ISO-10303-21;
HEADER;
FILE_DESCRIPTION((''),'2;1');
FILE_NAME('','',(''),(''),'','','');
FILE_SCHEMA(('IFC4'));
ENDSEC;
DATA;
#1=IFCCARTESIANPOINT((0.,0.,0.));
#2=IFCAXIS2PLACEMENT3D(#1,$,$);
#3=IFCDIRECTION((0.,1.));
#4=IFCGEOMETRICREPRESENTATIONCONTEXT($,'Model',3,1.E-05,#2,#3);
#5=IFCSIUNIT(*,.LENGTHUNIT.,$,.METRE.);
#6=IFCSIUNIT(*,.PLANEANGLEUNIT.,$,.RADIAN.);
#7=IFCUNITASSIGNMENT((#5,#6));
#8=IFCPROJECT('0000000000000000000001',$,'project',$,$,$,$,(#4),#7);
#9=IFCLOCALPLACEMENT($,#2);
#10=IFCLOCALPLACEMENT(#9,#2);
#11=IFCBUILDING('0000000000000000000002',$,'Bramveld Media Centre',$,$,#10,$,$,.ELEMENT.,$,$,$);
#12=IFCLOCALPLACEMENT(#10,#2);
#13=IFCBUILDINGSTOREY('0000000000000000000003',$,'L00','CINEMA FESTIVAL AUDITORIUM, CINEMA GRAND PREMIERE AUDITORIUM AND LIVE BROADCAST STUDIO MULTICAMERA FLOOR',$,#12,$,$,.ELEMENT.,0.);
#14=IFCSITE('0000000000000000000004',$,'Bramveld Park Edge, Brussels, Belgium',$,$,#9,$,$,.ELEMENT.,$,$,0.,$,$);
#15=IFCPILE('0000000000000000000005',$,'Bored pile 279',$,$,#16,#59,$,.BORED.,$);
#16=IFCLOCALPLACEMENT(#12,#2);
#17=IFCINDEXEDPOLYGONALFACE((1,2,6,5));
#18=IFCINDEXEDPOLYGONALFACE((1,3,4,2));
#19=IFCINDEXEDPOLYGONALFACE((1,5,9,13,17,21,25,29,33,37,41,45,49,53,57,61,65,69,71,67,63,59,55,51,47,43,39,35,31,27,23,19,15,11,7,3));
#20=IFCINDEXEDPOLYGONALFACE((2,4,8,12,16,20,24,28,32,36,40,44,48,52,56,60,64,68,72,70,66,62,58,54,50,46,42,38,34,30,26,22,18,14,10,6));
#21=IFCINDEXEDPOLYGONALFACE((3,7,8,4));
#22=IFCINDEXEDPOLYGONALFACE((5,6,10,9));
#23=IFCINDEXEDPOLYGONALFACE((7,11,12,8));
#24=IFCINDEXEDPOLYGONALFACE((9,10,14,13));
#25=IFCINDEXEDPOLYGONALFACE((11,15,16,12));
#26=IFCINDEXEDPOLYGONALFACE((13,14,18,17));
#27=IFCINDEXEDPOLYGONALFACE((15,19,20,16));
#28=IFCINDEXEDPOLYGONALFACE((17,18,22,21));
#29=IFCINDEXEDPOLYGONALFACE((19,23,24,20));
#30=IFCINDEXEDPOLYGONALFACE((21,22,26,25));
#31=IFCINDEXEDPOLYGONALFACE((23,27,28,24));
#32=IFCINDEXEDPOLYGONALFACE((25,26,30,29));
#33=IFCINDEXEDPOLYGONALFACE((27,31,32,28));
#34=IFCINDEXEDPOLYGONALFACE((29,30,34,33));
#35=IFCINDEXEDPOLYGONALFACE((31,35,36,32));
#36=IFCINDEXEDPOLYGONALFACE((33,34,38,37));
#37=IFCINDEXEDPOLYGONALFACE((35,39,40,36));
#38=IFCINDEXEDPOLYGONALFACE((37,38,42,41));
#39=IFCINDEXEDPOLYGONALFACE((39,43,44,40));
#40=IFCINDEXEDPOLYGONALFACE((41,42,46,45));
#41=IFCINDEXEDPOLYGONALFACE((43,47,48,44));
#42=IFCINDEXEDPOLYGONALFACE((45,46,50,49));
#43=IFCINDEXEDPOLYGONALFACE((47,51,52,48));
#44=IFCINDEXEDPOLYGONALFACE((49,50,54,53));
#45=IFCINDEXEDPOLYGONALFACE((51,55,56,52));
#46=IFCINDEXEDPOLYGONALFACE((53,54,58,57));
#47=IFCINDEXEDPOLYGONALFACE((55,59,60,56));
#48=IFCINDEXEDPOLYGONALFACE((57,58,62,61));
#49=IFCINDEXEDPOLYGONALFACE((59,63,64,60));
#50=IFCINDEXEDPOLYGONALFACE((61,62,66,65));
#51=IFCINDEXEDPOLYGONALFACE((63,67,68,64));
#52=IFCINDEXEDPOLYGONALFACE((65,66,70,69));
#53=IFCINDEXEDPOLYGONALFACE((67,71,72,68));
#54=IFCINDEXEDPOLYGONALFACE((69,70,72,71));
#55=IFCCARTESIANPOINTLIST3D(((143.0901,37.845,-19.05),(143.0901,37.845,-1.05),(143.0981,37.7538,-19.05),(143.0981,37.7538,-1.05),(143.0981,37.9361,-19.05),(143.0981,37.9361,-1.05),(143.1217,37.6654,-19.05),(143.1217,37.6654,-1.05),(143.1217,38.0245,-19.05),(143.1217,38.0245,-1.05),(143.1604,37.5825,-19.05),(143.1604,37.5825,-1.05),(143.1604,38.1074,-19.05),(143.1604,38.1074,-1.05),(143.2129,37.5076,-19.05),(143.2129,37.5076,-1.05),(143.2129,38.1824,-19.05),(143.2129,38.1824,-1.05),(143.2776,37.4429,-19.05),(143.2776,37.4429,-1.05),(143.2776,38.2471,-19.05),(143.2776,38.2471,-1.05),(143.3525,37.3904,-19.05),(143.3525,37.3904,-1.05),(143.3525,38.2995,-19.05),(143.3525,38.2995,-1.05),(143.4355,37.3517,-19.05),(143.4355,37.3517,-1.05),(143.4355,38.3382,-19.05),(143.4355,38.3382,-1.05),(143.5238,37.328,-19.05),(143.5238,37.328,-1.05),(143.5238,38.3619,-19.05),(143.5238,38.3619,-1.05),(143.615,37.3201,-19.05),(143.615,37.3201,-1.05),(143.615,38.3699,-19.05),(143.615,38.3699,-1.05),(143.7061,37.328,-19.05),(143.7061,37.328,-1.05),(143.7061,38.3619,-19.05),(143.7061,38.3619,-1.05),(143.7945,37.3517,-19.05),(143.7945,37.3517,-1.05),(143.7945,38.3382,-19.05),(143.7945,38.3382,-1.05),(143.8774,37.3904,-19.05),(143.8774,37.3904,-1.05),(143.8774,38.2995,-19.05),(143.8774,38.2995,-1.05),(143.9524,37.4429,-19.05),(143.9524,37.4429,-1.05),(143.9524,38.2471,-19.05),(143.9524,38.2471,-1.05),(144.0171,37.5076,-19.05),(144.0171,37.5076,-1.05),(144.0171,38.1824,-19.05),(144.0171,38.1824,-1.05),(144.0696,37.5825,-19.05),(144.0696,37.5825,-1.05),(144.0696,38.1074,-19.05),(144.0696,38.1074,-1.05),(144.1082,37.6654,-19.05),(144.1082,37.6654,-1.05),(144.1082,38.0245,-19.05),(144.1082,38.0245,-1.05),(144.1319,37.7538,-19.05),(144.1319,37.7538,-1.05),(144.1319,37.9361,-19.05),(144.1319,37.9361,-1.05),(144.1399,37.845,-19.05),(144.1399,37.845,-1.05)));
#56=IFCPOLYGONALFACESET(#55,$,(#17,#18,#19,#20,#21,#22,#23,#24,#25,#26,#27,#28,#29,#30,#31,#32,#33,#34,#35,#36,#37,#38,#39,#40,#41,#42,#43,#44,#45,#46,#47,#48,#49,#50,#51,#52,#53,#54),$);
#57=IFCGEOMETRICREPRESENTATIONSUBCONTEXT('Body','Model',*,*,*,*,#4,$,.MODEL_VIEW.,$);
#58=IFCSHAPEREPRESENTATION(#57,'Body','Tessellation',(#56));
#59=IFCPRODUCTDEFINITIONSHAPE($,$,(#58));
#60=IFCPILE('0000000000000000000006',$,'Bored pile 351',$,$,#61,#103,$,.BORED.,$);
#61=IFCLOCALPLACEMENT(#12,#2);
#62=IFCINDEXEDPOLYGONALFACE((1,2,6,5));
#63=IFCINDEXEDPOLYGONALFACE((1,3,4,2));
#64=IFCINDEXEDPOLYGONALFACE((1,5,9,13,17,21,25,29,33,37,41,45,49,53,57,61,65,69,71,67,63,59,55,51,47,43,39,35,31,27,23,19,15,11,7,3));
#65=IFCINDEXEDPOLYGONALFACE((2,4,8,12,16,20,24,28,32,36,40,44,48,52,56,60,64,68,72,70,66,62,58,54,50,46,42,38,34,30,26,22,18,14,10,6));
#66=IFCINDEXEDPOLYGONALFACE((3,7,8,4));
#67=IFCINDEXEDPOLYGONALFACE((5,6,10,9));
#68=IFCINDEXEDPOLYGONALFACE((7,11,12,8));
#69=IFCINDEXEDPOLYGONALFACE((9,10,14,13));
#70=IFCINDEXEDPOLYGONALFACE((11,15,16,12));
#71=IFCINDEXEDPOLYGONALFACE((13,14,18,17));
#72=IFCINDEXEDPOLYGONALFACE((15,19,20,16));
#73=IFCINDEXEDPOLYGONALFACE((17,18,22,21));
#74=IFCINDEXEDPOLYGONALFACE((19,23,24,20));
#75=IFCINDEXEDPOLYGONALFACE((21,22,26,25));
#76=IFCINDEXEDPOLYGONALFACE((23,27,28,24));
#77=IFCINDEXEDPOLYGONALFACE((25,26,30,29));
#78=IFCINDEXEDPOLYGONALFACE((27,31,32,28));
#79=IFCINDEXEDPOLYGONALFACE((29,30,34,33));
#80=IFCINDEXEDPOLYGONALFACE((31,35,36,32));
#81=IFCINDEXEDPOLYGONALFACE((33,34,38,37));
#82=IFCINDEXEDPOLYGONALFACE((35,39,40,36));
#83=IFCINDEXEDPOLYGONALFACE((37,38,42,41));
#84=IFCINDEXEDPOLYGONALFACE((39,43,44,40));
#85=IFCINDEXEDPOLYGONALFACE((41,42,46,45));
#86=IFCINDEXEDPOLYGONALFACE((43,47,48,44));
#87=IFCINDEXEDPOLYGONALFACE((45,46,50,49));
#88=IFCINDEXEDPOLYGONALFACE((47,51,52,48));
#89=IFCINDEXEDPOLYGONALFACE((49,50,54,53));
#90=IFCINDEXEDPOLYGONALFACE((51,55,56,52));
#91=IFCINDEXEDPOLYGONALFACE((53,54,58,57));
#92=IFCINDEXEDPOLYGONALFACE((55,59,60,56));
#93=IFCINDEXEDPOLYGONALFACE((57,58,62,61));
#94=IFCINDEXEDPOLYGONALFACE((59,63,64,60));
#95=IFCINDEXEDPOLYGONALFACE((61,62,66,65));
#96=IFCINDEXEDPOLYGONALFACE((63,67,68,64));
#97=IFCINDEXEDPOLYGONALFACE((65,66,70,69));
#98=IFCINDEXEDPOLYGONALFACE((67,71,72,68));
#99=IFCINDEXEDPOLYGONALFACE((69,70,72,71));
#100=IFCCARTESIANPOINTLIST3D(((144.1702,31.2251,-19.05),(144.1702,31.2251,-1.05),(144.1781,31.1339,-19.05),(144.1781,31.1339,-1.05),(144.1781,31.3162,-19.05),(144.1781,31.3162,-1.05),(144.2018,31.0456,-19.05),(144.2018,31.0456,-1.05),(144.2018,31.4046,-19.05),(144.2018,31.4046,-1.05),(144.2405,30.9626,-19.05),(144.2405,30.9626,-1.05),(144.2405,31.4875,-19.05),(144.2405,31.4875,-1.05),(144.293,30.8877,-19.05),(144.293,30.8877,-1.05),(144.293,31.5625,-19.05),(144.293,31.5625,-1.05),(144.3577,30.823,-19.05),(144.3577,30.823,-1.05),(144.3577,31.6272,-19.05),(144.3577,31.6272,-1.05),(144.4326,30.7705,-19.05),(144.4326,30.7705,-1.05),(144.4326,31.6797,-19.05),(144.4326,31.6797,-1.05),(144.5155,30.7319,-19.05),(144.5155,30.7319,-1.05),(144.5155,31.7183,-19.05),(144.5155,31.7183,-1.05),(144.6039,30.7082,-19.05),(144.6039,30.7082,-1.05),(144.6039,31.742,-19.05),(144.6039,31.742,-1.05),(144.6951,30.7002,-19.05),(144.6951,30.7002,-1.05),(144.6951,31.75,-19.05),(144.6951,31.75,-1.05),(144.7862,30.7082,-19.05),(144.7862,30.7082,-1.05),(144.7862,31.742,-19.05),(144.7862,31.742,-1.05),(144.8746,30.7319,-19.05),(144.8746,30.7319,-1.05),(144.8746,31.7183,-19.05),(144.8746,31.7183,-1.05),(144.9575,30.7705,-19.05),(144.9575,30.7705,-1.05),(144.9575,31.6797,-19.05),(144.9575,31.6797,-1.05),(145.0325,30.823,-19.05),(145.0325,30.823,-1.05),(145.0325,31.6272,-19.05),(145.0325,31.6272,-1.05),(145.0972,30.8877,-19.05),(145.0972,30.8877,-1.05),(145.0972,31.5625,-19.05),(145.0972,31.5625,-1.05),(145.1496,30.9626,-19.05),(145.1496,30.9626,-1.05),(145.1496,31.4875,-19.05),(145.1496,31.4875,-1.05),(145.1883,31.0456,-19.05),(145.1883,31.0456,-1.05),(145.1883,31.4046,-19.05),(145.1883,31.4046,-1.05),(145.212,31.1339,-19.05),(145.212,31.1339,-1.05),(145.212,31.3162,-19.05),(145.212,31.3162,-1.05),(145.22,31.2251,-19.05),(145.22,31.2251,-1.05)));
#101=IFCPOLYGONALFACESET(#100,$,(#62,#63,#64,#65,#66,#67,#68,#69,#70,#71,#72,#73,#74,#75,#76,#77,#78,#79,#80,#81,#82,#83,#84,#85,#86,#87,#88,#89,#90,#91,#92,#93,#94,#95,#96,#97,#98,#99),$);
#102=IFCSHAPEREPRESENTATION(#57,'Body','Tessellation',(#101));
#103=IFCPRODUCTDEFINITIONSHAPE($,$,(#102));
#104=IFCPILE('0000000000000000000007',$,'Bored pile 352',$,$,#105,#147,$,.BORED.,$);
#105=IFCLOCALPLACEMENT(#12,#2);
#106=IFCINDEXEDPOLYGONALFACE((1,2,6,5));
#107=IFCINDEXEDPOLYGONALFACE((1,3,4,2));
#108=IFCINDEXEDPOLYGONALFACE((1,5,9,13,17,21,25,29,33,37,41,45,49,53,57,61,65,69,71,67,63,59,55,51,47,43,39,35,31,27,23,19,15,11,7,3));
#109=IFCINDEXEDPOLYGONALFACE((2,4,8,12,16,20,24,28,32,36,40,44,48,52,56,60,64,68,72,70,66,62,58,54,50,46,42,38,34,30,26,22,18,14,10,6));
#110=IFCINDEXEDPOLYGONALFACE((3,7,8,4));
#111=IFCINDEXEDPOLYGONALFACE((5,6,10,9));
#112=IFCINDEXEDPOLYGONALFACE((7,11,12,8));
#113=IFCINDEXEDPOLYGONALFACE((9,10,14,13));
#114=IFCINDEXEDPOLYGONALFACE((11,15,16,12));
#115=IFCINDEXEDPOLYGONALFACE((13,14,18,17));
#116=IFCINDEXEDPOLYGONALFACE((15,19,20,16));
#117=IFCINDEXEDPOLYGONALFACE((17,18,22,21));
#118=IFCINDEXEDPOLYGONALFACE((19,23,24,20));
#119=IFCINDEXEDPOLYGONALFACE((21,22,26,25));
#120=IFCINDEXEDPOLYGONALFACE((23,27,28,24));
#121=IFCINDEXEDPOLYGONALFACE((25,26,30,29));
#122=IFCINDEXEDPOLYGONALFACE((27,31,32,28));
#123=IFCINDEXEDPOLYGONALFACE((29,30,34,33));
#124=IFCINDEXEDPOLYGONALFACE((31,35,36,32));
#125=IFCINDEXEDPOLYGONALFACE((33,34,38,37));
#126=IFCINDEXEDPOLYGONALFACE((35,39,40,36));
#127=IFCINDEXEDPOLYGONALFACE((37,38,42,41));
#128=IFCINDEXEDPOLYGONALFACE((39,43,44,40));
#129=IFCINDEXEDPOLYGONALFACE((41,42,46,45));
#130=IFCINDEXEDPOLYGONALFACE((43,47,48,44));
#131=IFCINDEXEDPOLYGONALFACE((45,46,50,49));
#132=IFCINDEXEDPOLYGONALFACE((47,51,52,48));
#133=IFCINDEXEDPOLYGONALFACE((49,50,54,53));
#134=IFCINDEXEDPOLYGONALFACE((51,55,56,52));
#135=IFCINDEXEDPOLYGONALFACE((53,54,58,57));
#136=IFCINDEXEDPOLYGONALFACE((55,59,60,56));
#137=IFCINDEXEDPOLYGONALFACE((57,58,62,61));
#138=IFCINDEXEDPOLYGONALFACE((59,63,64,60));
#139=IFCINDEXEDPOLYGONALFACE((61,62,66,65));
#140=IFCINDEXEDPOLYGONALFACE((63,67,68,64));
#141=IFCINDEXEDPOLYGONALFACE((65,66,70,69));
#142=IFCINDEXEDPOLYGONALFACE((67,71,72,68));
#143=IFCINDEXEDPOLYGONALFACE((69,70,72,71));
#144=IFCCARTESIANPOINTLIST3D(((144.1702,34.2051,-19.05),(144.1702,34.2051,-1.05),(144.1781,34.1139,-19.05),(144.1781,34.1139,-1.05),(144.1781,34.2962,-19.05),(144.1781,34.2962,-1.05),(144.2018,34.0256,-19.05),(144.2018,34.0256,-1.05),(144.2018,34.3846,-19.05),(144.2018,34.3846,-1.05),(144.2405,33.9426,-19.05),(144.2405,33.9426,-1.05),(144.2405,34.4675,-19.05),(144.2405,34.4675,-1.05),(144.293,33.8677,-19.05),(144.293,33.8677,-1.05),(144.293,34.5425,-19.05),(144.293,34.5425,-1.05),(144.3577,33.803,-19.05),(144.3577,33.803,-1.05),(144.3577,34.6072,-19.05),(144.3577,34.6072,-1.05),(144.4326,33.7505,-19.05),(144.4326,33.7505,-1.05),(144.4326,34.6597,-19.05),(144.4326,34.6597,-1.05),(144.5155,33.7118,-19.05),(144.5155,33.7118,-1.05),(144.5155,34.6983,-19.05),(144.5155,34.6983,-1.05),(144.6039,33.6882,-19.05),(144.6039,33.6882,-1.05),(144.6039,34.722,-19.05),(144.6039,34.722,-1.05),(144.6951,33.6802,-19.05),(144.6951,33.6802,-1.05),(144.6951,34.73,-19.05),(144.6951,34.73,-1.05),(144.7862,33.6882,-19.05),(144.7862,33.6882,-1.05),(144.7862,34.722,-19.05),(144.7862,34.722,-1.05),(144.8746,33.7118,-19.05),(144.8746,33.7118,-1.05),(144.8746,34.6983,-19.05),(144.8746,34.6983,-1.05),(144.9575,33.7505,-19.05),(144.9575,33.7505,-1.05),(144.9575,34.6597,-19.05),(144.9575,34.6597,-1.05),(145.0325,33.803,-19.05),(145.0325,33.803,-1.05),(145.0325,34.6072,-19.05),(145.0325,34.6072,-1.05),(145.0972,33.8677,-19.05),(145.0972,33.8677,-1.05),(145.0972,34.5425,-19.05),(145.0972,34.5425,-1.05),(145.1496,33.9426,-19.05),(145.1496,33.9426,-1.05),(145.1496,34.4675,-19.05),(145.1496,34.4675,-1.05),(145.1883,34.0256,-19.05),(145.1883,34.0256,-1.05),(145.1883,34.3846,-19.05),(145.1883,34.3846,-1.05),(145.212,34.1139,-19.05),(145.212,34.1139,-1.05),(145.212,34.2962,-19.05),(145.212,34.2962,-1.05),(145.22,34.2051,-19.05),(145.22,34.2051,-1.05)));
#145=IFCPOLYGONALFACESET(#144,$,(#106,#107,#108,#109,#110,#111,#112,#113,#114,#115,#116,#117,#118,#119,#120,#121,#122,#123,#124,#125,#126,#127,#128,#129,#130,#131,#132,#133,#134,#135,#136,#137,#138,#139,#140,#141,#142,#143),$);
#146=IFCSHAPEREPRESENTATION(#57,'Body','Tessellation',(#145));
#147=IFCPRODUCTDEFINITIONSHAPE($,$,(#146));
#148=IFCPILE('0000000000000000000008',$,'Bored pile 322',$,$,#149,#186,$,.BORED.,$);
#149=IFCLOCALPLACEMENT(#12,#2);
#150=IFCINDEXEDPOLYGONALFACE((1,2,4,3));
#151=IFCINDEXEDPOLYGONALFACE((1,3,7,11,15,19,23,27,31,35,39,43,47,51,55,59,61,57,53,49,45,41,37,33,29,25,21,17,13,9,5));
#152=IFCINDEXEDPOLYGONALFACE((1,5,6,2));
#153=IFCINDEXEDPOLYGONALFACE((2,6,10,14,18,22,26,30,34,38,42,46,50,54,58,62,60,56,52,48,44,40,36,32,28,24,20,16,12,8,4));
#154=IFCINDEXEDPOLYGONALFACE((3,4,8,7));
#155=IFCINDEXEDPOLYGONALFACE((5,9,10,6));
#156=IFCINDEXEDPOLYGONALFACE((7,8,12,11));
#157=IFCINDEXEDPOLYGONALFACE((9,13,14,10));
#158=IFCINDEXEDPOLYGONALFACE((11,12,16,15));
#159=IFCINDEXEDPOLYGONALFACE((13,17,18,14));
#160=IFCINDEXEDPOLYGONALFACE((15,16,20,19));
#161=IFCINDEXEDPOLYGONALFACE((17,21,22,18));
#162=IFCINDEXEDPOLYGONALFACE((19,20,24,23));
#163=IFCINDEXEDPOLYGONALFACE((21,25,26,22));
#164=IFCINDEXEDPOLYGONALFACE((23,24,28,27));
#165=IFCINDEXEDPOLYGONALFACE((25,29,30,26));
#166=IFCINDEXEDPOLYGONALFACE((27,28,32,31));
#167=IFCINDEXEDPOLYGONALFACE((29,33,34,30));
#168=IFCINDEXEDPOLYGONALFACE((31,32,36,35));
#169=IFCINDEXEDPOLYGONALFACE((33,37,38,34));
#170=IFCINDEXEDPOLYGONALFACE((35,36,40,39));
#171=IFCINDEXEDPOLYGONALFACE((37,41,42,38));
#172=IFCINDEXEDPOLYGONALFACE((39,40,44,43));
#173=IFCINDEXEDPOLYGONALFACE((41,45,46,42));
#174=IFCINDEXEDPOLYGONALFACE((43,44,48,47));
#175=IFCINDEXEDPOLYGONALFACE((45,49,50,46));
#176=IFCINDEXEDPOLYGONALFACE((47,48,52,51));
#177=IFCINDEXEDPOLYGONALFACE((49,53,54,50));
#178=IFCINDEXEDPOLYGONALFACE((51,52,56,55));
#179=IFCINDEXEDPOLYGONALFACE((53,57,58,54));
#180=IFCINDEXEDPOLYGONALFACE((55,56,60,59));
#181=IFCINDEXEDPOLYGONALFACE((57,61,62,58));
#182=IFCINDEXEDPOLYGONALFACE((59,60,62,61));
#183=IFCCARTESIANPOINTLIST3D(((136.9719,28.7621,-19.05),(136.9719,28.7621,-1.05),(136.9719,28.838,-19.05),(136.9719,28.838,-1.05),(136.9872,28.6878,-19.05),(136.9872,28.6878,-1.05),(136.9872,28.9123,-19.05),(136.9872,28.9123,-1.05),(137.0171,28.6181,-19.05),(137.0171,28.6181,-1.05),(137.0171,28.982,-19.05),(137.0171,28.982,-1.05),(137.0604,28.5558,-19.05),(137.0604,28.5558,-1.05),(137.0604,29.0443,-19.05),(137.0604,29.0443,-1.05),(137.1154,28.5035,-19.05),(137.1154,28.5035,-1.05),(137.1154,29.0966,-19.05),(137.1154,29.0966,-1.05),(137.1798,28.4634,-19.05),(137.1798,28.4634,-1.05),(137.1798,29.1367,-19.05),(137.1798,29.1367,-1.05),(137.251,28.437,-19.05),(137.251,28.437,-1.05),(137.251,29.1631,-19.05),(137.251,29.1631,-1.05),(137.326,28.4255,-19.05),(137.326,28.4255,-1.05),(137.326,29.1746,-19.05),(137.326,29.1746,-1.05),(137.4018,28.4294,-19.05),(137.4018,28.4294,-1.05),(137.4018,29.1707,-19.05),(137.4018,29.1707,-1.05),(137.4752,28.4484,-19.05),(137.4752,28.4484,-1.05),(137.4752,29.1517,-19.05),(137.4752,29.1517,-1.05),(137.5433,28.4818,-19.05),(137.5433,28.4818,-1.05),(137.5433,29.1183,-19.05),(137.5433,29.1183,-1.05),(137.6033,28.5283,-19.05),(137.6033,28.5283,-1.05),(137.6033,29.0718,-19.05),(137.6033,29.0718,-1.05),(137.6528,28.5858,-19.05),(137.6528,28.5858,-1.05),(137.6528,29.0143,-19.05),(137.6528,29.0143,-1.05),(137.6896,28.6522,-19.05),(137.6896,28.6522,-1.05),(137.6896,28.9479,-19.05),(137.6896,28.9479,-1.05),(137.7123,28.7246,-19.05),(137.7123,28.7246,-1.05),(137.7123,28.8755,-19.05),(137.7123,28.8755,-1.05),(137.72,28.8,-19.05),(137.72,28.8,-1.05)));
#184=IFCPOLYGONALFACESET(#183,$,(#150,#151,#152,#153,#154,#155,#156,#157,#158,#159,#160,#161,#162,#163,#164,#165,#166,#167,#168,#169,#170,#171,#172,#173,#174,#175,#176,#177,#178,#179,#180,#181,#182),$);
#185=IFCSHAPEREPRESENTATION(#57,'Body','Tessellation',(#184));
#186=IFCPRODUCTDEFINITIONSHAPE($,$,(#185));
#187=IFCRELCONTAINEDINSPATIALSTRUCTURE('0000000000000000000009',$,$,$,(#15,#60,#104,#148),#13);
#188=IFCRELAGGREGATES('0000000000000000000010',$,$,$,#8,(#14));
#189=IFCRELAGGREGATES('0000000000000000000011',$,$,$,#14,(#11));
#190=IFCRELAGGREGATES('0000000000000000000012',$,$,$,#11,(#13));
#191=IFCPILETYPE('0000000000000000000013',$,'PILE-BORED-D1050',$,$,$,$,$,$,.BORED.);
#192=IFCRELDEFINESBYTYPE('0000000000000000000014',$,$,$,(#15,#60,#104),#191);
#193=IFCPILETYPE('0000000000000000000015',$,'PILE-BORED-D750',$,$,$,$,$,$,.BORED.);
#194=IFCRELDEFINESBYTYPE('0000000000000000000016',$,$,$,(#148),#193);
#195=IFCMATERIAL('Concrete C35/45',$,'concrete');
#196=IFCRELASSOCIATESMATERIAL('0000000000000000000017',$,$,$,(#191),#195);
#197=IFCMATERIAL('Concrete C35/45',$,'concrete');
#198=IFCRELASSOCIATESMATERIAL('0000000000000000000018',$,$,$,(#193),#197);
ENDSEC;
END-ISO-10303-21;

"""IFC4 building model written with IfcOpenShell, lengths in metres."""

from ifc_helpers import new_model, si_unit, direction, frame, origin, origin_2d, place, context, subcontext, project, spatial, circle, extrude, material, material_profile, profile_set, type_object, element, save


model = new_model("IFC4")

# Units and contexts
model_context = context("Model", 3, precision=1e-05, world=origin(), true_north=direction((0.0, 1.0)))
body_context = subcontext(model_context, "Body", "Model", "MODEL_VIEW")
ifc_project = project(units=[si_unit("LENGTHUNIT", "METRE"), si_unit("PLANEANGLEUNIT", "RADIAN")], contexts=[model_context])

# Site, building, storey
site_placement = place(None, origin())
site = spatial("IfcSite", under=ifc_project, at=site_placement, Name="Bramveld Park Edge, Brussels, Belgium", CompositionType="ELEMENT", RefElevation=0.0)
building_placement = place(site_placement, origin())
building = spatial("IfcBuilding", under=site, at=building_placement, Name="Bramveld Media Centre", CompositionType="ELEMENT")
storey_placement = place(building_placement, origin())
storey = spatial("IfcBuildingStorey", under=building, at=storey_placement, Name="L00", Description="CINEMA FESTIVAL AUDITORIUM, CINEMA GRAND PREMIERE AUDITORIUM AND LIVE BROADCAST STUDIO MULTICAMERA FLOOR", CompositionType="ELEMENT", Elevation=0.0)

# Piles
ifc_material_1 = material(Name="Concrete C35/45", Category="concrete")
ifc_material_profile_1 = material_profile(ifc_material_1, circle(Radius=0.5249, at=origin_2d()), Name="BORED D1050")
ifc_profile_set_1 = profile_set([ifc_material_profile_1], Name="Concrete C35/45")
pile_type_1 = type_object("IfcPileType", Name="PILE-BORED-D1050", PredefinedType="BORED", material=ifc_profile_set_1)
for number, where, z_axis, x_axis, name in (
    (1, (143.615, 37.845, -1.05), (0.0, 0.0, -1.0), (1.0, 0.0, 0.0), "Bored pile 279"),
    (2, (144.6951, 31.2251, -1.05), (0.0, 0.0, -1.0), (1.0, 0.0, 0.0), "Bored pile 351"),
    (3, (144.6951, 34.2051, -1.05), (0.0, 0.0, -1.0), (1.0, 0.0, 0.0), "Bored pile 352"),
):
    element("IfcPile", number, at=place(storey_placement, frame(where, z_axis=z_axis, x_axis=x_axis)), inside=storey, type_object=pile_type_1, Name=name, PredefinedType="BORED", context=body_context, shape_type="SweptSolid", body=[
        extrude(circle(Radius=0.5249, at=origin_2d()), origin(), (0.0, 0.0, 1.0), 18.0),
    ])
ifc_material_2 = material(Name="Concrete C35/45", Category="concrete")
ifc_material_profile_2 = material_profile(ifc_material_2, circle(Radius=0.375, at=origin_2d()), Name="BORED D750")
ifc_profile_set_2 = profile_set([ifc_material_profile_2], Name="Concrete C35/45")
pile_type_2 = type_object("IfcPileType", Name="PILE-BORED-D750", PredefinedType="BORED", material=ifc_profile_set_2)
for number, where, z_axis, x_axis, name in (
    (4, (137.345, 28.8, -1.05), (0.0, 0.0, -1.0), (1.0, 0.0, 0.0), "Bored pile 322"),
):
    element("IfcPile", number, at=place(storey_placement, frame(where, z_axis=z_axis, x_axis=x_axis)), inside=storey, type_object=pile_type_2, Name=name, PredefinedType="BORED", context=body_context, shape_type="SweptSolid", body=[
        extrude(circle(Radius=0.375, at=origin_2d()), origin(), (0.0, 0.0, 1.0), 18.0),
    ])

save(model, "model.ifc")
